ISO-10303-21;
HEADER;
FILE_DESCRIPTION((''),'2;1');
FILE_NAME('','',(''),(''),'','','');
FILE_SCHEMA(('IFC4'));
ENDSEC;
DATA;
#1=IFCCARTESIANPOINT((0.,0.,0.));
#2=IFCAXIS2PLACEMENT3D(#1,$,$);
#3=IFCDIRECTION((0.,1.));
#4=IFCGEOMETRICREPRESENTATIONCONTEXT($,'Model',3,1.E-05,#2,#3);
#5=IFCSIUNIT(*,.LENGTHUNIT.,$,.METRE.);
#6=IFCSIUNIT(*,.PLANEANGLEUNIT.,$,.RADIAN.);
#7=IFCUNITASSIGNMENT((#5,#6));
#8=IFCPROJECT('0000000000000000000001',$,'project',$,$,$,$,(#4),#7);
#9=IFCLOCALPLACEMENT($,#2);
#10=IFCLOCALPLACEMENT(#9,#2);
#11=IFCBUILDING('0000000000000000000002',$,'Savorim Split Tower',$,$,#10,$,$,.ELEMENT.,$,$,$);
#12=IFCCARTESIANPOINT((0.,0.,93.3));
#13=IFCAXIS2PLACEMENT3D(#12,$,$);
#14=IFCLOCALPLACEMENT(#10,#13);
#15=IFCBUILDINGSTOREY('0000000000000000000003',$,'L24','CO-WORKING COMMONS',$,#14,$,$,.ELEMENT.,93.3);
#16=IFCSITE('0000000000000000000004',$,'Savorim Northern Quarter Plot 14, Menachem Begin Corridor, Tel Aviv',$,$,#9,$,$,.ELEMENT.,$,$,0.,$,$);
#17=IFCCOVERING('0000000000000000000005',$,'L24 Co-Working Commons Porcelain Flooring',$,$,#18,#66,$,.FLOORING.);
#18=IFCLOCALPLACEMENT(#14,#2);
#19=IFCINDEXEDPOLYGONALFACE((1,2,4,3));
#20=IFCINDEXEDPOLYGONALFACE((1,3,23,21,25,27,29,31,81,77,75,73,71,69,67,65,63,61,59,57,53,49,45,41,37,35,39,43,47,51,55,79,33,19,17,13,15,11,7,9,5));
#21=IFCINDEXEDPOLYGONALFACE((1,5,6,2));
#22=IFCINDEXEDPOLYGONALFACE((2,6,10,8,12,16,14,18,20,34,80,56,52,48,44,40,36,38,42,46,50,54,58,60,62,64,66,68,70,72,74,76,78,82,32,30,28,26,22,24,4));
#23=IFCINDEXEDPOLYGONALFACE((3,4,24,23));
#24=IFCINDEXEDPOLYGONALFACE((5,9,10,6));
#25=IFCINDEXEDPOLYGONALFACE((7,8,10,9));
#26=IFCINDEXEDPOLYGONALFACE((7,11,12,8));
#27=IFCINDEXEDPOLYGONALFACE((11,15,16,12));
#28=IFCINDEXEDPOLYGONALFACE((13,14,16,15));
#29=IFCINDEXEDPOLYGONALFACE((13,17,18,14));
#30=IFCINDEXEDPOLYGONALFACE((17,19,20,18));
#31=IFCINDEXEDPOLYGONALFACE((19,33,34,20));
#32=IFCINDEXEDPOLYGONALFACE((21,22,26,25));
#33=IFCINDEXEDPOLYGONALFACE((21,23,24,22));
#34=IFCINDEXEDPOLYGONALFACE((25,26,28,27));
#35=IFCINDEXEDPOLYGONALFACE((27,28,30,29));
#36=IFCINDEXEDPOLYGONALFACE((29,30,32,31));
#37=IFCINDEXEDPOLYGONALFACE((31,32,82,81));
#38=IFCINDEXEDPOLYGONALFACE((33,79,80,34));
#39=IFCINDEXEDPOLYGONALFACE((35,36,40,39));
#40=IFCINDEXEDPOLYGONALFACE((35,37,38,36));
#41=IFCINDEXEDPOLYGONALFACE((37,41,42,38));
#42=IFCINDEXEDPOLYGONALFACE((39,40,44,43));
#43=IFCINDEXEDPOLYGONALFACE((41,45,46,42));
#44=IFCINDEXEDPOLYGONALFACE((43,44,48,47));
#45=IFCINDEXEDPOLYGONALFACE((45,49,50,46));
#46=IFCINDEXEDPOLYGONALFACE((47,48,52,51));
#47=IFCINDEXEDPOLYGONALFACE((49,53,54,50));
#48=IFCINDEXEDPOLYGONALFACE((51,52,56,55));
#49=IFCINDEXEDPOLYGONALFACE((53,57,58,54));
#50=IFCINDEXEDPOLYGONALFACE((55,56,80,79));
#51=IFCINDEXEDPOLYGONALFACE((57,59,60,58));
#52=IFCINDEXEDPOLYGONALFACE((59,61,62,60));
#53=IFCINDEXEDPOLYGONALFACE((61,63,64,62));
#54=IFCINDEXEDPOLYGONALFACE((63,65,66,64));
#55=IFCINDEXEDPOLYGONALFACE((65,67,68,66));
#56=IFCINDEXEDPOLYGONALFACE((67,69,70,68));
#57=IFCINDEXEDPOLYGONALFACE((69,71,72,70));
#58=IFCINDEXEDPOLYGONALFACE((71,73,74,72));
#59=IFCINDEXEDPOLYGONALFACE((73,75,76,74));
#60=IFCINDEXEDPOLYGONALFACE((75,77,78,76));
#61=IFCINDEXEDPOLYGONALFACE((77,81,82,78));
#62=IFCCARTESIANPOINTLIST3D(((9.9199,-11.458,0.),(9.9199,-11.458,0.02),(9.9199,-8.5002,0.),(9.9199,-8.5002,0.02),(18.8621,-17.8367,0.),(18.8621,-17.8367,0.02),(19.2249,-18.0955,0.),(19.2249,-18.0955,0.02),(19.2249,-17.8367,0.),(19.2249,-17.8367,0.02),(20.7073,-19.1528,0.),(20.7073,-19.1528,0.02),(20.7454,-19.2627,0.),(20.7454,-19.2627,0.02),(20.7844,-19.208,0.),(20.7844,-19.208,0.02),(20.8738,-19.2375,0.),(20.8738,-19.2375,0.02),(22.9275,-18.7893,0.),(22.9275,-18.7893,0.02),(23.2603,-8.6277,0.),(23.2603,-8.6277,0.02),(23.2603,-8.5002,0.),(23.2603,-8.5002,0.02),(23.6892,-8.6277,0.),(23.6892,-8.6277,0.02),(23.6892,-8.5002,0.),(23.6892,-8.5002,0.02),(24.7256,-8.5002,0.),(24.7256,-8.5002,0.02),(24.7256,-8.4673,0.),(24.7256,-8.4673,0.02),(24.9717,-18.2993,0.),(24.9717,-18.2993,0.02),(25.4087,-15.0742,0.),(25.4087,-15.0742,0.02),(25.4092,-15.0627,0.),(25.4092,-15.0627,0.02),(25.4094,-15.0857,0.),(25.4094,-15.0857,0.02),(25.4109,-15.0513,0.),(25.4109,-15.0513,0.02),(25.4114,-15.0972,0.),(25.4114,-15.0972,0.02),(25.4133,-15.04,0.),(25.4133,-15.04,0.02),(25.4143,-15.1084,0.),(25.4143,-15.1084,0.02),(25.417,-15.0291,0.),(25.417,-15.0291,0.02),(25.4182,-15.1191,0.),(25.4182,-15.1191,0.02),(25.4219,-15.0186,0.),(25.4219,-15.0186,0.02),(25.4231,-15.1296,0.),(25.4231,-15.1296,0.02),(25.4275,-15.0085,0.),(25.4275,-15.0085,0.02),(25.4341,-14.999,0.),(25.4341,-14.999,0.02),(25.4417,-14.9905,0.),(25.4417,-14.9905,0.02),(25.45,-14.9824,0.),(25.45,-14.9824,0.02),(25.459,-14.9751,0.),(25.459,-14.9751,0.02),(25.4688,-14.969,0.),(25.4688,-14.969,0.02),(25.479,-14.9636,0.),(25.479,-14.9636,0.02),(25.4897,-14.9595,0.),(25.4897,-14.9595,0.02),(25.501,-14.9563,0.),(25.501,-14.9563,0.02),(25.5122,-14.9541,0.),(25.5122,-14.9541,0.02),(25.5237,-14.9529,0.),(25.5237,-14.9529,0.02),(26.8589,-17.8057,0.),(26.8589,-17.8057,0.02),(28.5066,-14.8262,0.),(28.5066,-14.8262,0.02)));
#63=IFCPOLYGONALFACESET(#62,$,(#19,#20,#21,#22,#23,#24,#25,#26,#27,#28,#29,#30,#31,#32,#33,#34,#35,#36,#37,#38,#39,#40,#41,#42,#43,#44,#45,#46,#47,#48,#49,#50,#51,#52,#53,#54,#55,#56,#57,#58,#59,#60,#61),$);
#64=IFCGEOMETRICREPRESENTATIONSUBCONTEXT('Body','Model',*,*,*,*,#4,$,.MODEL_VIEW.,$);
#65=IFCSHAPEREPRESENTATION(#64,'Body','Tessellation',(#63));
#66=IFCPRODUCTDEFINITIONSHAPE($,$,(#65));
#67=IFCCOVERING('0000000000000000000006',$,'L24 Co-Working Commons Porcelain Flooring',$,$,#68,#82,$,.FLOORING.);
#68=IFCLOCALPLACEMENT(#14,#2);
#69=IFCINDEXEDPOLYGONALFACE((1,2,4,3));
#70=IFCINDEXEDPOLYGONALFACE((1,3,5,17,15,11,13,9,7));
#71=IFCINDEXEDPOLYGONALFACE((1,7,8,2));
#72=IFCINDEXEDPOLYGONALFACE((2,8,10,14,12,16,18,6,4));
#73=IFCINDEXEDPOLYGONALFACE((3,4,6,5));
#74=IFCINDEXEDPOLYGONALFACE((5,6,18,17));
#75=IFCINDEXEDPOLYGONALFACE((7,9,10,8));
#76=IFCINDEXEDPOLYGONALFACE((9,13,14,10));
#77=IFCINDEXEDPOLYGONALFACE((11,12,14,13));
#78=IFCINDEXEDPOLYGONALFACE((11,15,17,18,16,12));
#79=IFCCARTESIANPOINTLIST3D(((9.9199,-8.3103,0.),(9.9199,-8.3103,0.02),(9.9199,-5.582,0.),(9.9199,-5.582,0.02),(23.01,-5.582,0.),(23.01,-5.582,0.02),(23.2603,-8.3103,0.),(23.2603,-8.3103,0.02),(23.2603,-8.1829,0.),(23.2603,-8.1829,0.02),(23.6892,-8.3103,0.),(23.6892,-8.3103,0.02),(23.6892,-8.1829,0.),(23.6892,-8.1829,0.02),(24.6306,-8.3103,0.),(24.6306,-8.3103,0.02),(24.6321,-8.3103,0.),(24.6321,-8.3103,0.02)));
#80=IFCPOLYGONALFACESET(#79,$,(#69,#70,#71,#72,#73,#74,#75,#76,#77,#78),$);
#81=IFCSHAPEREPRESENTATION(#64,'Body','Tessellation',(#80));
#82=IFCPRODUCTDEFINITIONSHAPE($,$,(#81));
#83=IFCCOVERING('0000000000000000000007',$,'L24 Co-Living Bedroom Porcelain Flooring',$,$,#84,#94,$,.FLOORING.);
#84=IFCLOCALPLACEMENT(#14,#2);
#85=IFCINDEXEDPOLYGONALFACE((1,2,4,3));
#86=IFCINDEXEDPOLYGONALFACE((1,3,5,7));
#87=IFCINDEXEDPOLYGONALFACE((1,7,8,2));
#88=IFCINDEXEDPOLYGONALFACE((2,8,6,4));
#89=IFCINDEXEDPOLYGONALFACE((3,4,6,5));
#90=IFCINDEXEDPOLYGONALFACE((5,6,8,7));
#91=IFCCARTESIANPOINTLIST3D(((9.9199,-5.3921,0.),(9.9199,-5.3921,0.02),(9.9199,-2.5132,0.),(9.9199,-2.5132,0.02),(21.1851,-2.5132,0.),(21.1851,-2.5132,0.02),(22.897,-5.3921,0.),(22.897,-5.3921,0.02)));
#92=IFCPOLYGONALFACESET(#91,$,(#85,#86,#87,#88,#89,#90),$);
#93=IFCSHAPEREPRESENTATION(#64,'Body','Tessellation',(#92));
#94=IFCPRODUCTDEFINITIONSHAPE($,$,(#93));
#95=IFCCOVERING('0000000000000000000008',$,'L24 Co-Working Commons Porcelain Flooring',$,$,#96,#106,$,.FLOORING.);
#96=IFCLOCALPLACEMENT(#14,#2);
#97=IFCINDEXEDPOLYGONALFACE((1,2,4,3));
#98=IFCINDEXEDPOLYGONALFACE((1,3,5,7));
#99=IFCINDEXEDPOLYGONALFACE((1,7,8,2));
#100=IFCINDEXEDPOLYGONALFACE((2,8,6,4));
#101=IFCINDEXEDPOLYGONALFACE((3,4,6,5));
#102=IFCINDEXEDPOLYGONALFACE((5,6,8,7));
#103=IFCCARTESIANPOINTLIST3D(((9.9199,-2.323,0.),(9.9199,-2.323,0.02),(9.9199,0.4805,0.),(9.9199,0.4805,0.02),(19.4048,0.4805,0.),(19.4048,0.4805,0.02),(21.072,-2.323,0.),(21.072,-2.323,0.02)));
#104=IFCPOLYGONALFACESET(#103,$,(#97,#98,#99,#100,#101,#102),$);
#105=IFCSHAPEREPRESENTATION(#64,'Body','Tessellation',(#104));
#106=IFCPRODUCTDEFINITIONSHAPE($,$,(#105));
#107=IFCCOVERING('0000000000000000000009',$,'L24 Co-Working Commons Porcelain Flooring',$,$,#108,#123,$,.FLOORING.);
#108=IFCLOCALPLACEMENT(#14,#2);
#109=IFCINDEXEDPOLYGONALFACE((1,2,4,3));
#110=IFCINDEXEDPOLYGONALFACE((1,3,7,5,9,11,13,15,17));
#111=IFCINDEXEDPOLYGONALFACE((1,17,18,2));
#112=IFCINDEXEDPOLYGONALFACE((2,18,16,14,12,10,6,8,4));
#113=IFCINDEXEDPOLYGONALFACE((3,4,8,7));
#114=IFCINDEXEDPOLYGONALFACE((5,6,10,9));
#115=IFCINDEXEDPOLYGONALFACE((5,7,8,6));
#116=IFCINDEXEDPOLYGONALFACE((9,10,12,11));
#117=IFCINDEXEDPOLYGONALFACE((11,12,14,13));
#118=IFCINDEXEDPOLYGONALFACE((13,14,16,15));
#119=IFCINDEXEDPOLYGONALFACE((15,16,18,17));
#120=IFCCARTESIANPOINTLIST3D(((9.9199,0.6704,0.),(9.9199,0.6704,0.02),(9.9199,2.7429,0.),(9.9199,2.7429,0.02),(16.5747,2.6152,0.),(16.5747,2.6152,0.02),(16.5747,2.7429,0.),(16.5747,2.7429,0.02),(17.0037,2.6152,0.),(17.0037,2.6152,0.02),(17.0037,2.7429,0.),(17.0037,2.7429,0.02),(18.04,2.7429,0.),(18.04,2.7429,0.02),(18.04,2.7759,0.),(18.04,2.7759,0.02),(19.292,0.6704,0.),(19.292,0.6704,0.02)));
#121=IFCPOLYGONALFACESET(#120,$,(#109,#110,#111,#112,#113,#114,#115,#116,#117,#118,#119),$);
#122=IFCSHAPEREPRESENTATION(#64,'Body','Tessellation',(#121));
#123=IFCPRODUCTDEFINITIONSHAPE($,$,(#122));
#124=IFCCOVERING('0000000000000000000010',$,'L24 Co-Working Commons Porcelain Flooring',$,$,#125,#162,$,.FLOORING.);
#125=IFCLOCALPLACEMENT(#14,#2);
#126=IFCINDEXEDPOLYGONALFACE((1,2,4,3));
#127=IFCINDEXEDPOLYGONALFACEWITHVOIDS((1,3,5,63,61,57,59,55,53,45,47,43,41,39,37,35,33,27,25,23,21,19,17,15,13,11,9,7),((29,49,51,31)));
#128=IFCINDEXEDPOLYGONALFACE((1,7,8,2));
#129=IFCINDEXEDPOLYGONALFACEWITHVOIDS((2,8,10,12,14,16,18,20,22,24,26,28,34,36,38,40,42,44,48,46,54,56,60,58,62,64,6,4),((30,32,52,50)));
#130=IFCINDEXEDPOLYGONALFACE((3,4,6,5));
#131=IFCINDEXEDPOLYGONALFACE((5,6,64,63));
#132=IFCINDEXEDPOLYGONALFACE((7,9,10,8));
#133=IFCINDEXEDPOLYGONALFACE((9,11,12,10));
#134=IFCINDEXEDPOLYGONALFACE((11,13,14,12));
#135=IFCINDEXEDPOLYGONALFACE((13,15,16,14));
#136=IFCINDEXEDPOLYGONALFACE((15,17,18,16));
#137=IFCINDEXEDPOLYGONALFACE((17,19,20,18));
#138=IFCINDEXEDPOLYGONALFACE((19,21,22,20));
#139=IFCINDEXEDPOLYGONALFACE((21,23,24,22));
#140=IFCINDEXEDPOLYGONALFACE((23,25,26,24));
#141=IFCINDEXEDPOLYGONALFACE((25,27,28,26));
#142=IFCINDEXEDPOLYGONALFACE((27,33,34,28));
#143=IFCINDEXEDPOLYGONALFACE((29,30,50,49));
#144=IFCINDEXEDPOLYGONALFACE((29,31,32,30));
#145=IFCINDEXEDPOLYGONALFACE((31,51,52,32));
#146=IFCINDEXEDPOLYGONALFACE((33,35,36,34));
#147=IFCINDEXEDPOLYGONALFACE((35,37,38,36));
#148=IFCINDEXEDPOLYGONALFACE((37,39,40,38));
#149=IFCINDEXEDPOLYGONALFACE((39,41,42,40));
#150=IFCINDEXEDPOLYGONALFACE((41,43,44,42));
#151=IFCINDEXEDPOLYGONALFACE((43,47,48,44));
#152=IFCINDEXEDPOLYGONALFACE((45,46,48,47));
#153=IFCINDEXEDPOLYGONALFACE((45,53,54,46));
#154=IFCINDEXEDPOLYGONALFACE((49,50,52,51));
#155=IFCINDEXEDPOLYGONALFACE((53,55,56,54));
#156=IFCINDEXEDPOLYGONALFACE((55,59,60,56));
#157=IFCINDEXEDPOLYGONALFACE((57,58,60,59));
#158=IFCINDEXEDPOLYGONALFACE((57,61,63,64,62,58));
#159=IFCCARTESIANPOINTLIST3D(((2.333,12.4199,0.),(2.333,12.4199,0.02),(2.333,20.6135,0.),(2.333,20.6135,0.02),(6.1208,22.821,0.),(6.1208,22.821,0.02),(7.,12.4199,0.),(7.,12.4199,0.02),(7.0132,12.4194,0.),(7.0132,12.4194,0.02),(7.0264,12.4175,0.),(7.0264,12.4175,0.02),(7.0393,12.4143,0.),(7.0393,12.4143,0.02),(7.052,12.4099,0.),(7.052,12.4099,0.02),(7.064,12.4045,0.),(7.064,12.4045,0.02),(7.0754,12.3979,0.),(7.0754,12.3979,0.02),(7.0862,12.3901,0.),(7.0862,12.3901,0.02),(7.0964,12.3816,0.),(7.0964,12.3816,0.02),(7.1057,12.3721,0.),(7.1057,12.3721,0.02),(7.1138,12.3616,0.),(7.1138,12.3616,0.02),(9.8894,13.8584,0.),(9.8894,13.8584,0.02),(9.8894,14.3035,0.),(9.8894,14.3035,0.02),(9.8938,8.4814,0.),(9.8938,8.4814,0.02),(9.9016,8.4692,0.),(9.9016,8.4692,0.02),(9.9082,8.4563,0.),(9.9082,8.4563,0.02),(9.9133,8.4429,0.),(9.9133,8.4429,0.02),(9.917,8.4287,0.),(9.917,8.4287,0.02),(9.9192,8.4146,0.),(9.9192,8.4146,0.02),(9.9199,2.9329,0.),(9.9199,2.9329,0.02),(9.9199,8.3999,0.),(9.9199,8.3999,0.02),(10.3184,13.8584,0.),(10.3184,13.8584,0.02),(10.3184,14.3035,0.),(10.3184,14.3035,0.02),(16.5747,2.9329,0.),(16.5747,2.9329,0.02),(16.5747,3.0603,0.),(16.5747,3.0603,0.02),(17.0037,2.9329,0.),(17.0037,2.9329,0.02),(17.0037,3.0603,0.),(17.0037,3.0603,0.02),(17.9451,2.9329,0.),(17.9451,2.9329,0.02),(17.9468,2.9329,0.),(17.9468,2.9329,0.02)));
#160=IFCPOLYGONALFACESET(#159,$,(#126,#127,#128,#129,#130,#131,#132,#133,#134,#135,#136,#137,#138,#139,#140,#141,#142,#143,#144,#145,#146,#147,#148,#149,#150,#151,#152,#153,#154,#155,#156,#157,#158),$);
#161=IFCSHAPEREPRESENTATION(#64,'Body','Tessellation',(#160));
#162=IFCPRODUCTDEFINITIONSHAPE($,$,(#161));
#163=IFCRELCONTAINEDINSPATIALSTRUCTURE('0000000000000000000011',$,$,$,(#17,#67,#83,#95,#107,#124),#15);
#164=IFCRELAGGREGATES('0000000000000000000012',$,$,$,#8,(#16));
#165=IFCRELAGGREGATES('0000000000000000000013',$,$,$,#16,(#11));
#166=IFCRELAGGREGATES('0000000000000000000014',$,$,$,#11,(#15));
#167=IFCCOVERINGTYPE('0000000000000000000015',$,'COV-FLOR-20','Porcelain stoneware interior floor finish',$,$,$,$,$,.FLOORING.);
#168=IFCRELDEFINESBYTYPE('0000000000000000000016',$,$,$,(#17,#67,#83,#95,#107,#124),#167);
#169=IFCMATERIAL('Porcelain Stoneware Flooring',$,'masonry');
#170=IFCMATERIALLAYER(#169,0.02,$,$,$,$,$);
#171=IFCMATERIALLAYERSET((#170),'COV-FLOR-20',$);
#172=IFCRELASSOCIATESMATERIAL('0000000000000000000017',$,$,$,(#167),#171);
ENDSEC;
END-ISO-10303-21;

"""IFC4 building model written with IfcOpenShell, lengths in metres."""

from ifc_helpers import new_model, si_unit, direction, frame, origin, place, context, subcontext, project, spatial, polyline, outline, extrude, material, layer, layer_set, type_object, element, save


model = new_model("IFC4")

# Units and contexts
model_context = context("Model", 3, precision=1e-05, world=origin(), true_north=direction((0.0, 1.0)))
body_context = subcontext(model_context, "Body", "Model", "MODEL_VIEW")
ifc_project = project(units=[si_unit("LENGTHUNIT", "METRE"), si_unit("PLANEANGLEUNIT", "RADIAN")], contexts=[model_context])

# Site, building, storey
site_placement = place(None, origin())
site = spatial("IfcSite", under=ifc_project, at=site_placement, Name="Savorim Northern Quarter Plot 14, Menachem Begin Corridor, Tel Aviv", CompositionType="ELEMENT", RefElevation=0.0)
building_placement = place(site_placement, origin())
building = spatial("IfcBuilding", under=site, at=building_placement, Name="Savorim Split Tower", CompositionType="ELEMENT")
storey_placement = place(building_placement, frame((0.0, 0.0, 93.3)))
storey = spatial("IfcBuildingStorey", under=building, at=storey_placement, Name="L24", Description="CO-WORKING COMMONS", CompositionType="ELEMENT", Elevation=93.3)

# Coverings
ifc_material_1 = material(Name="Porcelain Stoneware Flooring", Category="masonry")
ifc_layer_1 = layer(ifc_material_1, 0.02)
ifc_layer_set_1 = layer_set([ifc_layer_1], Name="COV-FLOR-20")
covering_type_1 = type_object("IfcCoveringType", Name="COV-FLOR-20", Description="Porcelain stoneware interior floor finish", PredefinedType="FLOORING", material=ifc_layer_set_1)
covering_1_placement = place(storey_placement, origin())
element("IfcCovering", 1, at=covering_1_placement, inside=storey, type_object=covering_type_1, Name="L24 Co-Working Commons Porcelain Flooring", PredefinedType="FLOORING", context=body_context, shape_type="SweptSolid", body=[
    extrude(outline(polyline([(25.501, -14.9563), (25.5122, -14.9541), (25.5237, -14.9529), (28.5066, -14.8262), (24.7256, -8.4673), (24.7256, -8.5002), (23.6892, -8.5002), (23.6892, -8.6277), (23.2603, -8.6277), (23.2603, -8.5002), (9.9199, -8.5002), (9.9199, -11.458), (18.8621, -17.8367), (19.2249, -17.8367), (19.2249, -18.0955), (20.7073, -19.1528), (20.7844, -19.208), (20.7454, -19.2627), (20.8738, -19.2375), (22.9275, -18.7893), (24.9717, -18.2993), (26.8589, -17.8057), (25.4231, -15.1296), (25.4182, -15.1191), (25.4143, -15.1084), (25.4114, -15.0972), (25.4094, -15.0857), (25.4087, -15.0742), (25.4092, -15.0627), (25.4109, -15.0513), (25.4133, -15.04), (25.417, -15.0291), (25.4219, -15.0186), (25.4275, -15.0085), (25.4341, -14.999), (25.4417, -14.9905), (25.45, -14.9824), (25.459, -14.9751), (25.4688, -14.969), (25.479, -14.9636), (25.4897, -14.9595), (25.501, -14.9563)])), origin(), (0.0, 0.0, 1.0), 0.02),
])
covering_2_placement = place(storey_placement, origin())
element("IfcCovering", 2, at=covering_2_placement, inside=storey, type_object=covering_type_1, Name="L24 Co-Working Commons Porcelain Flooring", PredefinedType="FLOORING", context=body_context, shape_type="SweptSolid", body=[
    extrude(outline(polyline([(23.6892, -8.1829), (23.6892, -8.3103), (24.6306, -8.3103), (24.6321, -8.3103), (23.01, -5.582), (9.9199, -5.582), (9.9199, -8.3103), (23.2603, -8.3103), (23.2603, -8.1829), (23.6892, -8.1829)])), origin(), (0.0, 0.0, 1.0), 0.02),
])
covering_3_placement = place(storey_placement, origin())
element("IfcCovering", 3, at=covering_3_placement, inside=storey, type_object=covering_type_1, Name="L24 Co-Living Bedroom Porcelain Flooring", PredefinedType="FLOORING", context=body_context, shape_type="SweptSolid", body=[
    extrude(outline(polyline([(22.897, -5.3921), (21.1851, -2.5132), (9.9199, -2.5132), (9.9199, -5.3921), (22.897, -5.3921)])), origin(), (0.0, 0.0, 1.0), 0.02),
])
covering_4_placement = place(storey_placement, origin())
element("IfcCovering", 4, at=covering_4_placement, inside=storey, type_object=covering_type_1, Name="L24 Co-Working Commons Porcelain Flooring", PredefinedType="FLOORING", context=body_context, shape_type="SweptSolid", body=[
    extrude(outline(polyline([(21.072, -2.323), (19.4048, 0.4805), (9.9199, 0.4805), (9.9199, -2.323), (21.072, -2.323)])), origin(), (0.0, 0.0, 1.0), 0.02),
])
covering_5_placement = place(storey_placement, origin())
element("IfcCovering", 5, at=covering_5_placement, inside=storey, type_object=covering_type_1, Name="L24 Co-Working Commons Porcelain Flooring", PredefinedType="FLOORING", context=body_context, shape_type="SweptSolid", body=[
    extrude(outline(polyline([(16.5747, 2.6152), (16.5747, 2.7429), (9.9199, 2.7429), (9.9199, 0.6704), (19.292, 0.6704), (18.04, 2.7759), (18.04, 2.7429), (17.0037, 2.7429), (17.0037, 2.6152), (16.5747, 2.6152)])), origin(), (0.0, 0.0, 1.0), 0.02),
])
covering_6_placement = place(storey_placement, origin())
element("IfcCovering", 6, at=covering_6_placement, inside=storey, type_object=covering_type_1, Name="L24 Co-Working Commons Porcelain Flooring", PredefinedType="FLOORING", context=body_context, shape_type="SweptSolid", body=[
    extrude(outline(polyline([(17.9451, 2.9329), (17.9468, 2.9329), (6.1208, 22.821), (2.333, 20.6135), (2.333, 12.4199), (7.0, 12.4199), (7.0132, 12.4194), (7.0264, 12.4175), (7.0393, 12.4143), (7.052, 12.4099), (7.064, 12.4045), (7.0754, 12.3979), (7.0862, 12.3901), (7.0964, 12.3816), (7.1057, 12.3721), (7.1138, 12.3616), (9.8938, 8.4814), (9.9016, 8.4692), (9.9082, 8.4563), (9.9133, 8.4429), (9.917, 8.4287), (9.9192, 8.4146), (9.9199, 8.3999), (9.9199, 2.9329), (16.5747, 2.9329), (16.5747, 3.0603), (17.0037, 3.0603), (17.0037, 2.9329), (17.9451, 2.9329)]), holes=[polyline([(10.3184, 14.3035), (9.8894, 14.3035), (9.8894, 13.8584), (10.3184, 13.8584), (10.3184, 14.3035)])]), origin(), (0.0, 0.0, 1.0), 0.02),
])

save(model, "model.ifc")
